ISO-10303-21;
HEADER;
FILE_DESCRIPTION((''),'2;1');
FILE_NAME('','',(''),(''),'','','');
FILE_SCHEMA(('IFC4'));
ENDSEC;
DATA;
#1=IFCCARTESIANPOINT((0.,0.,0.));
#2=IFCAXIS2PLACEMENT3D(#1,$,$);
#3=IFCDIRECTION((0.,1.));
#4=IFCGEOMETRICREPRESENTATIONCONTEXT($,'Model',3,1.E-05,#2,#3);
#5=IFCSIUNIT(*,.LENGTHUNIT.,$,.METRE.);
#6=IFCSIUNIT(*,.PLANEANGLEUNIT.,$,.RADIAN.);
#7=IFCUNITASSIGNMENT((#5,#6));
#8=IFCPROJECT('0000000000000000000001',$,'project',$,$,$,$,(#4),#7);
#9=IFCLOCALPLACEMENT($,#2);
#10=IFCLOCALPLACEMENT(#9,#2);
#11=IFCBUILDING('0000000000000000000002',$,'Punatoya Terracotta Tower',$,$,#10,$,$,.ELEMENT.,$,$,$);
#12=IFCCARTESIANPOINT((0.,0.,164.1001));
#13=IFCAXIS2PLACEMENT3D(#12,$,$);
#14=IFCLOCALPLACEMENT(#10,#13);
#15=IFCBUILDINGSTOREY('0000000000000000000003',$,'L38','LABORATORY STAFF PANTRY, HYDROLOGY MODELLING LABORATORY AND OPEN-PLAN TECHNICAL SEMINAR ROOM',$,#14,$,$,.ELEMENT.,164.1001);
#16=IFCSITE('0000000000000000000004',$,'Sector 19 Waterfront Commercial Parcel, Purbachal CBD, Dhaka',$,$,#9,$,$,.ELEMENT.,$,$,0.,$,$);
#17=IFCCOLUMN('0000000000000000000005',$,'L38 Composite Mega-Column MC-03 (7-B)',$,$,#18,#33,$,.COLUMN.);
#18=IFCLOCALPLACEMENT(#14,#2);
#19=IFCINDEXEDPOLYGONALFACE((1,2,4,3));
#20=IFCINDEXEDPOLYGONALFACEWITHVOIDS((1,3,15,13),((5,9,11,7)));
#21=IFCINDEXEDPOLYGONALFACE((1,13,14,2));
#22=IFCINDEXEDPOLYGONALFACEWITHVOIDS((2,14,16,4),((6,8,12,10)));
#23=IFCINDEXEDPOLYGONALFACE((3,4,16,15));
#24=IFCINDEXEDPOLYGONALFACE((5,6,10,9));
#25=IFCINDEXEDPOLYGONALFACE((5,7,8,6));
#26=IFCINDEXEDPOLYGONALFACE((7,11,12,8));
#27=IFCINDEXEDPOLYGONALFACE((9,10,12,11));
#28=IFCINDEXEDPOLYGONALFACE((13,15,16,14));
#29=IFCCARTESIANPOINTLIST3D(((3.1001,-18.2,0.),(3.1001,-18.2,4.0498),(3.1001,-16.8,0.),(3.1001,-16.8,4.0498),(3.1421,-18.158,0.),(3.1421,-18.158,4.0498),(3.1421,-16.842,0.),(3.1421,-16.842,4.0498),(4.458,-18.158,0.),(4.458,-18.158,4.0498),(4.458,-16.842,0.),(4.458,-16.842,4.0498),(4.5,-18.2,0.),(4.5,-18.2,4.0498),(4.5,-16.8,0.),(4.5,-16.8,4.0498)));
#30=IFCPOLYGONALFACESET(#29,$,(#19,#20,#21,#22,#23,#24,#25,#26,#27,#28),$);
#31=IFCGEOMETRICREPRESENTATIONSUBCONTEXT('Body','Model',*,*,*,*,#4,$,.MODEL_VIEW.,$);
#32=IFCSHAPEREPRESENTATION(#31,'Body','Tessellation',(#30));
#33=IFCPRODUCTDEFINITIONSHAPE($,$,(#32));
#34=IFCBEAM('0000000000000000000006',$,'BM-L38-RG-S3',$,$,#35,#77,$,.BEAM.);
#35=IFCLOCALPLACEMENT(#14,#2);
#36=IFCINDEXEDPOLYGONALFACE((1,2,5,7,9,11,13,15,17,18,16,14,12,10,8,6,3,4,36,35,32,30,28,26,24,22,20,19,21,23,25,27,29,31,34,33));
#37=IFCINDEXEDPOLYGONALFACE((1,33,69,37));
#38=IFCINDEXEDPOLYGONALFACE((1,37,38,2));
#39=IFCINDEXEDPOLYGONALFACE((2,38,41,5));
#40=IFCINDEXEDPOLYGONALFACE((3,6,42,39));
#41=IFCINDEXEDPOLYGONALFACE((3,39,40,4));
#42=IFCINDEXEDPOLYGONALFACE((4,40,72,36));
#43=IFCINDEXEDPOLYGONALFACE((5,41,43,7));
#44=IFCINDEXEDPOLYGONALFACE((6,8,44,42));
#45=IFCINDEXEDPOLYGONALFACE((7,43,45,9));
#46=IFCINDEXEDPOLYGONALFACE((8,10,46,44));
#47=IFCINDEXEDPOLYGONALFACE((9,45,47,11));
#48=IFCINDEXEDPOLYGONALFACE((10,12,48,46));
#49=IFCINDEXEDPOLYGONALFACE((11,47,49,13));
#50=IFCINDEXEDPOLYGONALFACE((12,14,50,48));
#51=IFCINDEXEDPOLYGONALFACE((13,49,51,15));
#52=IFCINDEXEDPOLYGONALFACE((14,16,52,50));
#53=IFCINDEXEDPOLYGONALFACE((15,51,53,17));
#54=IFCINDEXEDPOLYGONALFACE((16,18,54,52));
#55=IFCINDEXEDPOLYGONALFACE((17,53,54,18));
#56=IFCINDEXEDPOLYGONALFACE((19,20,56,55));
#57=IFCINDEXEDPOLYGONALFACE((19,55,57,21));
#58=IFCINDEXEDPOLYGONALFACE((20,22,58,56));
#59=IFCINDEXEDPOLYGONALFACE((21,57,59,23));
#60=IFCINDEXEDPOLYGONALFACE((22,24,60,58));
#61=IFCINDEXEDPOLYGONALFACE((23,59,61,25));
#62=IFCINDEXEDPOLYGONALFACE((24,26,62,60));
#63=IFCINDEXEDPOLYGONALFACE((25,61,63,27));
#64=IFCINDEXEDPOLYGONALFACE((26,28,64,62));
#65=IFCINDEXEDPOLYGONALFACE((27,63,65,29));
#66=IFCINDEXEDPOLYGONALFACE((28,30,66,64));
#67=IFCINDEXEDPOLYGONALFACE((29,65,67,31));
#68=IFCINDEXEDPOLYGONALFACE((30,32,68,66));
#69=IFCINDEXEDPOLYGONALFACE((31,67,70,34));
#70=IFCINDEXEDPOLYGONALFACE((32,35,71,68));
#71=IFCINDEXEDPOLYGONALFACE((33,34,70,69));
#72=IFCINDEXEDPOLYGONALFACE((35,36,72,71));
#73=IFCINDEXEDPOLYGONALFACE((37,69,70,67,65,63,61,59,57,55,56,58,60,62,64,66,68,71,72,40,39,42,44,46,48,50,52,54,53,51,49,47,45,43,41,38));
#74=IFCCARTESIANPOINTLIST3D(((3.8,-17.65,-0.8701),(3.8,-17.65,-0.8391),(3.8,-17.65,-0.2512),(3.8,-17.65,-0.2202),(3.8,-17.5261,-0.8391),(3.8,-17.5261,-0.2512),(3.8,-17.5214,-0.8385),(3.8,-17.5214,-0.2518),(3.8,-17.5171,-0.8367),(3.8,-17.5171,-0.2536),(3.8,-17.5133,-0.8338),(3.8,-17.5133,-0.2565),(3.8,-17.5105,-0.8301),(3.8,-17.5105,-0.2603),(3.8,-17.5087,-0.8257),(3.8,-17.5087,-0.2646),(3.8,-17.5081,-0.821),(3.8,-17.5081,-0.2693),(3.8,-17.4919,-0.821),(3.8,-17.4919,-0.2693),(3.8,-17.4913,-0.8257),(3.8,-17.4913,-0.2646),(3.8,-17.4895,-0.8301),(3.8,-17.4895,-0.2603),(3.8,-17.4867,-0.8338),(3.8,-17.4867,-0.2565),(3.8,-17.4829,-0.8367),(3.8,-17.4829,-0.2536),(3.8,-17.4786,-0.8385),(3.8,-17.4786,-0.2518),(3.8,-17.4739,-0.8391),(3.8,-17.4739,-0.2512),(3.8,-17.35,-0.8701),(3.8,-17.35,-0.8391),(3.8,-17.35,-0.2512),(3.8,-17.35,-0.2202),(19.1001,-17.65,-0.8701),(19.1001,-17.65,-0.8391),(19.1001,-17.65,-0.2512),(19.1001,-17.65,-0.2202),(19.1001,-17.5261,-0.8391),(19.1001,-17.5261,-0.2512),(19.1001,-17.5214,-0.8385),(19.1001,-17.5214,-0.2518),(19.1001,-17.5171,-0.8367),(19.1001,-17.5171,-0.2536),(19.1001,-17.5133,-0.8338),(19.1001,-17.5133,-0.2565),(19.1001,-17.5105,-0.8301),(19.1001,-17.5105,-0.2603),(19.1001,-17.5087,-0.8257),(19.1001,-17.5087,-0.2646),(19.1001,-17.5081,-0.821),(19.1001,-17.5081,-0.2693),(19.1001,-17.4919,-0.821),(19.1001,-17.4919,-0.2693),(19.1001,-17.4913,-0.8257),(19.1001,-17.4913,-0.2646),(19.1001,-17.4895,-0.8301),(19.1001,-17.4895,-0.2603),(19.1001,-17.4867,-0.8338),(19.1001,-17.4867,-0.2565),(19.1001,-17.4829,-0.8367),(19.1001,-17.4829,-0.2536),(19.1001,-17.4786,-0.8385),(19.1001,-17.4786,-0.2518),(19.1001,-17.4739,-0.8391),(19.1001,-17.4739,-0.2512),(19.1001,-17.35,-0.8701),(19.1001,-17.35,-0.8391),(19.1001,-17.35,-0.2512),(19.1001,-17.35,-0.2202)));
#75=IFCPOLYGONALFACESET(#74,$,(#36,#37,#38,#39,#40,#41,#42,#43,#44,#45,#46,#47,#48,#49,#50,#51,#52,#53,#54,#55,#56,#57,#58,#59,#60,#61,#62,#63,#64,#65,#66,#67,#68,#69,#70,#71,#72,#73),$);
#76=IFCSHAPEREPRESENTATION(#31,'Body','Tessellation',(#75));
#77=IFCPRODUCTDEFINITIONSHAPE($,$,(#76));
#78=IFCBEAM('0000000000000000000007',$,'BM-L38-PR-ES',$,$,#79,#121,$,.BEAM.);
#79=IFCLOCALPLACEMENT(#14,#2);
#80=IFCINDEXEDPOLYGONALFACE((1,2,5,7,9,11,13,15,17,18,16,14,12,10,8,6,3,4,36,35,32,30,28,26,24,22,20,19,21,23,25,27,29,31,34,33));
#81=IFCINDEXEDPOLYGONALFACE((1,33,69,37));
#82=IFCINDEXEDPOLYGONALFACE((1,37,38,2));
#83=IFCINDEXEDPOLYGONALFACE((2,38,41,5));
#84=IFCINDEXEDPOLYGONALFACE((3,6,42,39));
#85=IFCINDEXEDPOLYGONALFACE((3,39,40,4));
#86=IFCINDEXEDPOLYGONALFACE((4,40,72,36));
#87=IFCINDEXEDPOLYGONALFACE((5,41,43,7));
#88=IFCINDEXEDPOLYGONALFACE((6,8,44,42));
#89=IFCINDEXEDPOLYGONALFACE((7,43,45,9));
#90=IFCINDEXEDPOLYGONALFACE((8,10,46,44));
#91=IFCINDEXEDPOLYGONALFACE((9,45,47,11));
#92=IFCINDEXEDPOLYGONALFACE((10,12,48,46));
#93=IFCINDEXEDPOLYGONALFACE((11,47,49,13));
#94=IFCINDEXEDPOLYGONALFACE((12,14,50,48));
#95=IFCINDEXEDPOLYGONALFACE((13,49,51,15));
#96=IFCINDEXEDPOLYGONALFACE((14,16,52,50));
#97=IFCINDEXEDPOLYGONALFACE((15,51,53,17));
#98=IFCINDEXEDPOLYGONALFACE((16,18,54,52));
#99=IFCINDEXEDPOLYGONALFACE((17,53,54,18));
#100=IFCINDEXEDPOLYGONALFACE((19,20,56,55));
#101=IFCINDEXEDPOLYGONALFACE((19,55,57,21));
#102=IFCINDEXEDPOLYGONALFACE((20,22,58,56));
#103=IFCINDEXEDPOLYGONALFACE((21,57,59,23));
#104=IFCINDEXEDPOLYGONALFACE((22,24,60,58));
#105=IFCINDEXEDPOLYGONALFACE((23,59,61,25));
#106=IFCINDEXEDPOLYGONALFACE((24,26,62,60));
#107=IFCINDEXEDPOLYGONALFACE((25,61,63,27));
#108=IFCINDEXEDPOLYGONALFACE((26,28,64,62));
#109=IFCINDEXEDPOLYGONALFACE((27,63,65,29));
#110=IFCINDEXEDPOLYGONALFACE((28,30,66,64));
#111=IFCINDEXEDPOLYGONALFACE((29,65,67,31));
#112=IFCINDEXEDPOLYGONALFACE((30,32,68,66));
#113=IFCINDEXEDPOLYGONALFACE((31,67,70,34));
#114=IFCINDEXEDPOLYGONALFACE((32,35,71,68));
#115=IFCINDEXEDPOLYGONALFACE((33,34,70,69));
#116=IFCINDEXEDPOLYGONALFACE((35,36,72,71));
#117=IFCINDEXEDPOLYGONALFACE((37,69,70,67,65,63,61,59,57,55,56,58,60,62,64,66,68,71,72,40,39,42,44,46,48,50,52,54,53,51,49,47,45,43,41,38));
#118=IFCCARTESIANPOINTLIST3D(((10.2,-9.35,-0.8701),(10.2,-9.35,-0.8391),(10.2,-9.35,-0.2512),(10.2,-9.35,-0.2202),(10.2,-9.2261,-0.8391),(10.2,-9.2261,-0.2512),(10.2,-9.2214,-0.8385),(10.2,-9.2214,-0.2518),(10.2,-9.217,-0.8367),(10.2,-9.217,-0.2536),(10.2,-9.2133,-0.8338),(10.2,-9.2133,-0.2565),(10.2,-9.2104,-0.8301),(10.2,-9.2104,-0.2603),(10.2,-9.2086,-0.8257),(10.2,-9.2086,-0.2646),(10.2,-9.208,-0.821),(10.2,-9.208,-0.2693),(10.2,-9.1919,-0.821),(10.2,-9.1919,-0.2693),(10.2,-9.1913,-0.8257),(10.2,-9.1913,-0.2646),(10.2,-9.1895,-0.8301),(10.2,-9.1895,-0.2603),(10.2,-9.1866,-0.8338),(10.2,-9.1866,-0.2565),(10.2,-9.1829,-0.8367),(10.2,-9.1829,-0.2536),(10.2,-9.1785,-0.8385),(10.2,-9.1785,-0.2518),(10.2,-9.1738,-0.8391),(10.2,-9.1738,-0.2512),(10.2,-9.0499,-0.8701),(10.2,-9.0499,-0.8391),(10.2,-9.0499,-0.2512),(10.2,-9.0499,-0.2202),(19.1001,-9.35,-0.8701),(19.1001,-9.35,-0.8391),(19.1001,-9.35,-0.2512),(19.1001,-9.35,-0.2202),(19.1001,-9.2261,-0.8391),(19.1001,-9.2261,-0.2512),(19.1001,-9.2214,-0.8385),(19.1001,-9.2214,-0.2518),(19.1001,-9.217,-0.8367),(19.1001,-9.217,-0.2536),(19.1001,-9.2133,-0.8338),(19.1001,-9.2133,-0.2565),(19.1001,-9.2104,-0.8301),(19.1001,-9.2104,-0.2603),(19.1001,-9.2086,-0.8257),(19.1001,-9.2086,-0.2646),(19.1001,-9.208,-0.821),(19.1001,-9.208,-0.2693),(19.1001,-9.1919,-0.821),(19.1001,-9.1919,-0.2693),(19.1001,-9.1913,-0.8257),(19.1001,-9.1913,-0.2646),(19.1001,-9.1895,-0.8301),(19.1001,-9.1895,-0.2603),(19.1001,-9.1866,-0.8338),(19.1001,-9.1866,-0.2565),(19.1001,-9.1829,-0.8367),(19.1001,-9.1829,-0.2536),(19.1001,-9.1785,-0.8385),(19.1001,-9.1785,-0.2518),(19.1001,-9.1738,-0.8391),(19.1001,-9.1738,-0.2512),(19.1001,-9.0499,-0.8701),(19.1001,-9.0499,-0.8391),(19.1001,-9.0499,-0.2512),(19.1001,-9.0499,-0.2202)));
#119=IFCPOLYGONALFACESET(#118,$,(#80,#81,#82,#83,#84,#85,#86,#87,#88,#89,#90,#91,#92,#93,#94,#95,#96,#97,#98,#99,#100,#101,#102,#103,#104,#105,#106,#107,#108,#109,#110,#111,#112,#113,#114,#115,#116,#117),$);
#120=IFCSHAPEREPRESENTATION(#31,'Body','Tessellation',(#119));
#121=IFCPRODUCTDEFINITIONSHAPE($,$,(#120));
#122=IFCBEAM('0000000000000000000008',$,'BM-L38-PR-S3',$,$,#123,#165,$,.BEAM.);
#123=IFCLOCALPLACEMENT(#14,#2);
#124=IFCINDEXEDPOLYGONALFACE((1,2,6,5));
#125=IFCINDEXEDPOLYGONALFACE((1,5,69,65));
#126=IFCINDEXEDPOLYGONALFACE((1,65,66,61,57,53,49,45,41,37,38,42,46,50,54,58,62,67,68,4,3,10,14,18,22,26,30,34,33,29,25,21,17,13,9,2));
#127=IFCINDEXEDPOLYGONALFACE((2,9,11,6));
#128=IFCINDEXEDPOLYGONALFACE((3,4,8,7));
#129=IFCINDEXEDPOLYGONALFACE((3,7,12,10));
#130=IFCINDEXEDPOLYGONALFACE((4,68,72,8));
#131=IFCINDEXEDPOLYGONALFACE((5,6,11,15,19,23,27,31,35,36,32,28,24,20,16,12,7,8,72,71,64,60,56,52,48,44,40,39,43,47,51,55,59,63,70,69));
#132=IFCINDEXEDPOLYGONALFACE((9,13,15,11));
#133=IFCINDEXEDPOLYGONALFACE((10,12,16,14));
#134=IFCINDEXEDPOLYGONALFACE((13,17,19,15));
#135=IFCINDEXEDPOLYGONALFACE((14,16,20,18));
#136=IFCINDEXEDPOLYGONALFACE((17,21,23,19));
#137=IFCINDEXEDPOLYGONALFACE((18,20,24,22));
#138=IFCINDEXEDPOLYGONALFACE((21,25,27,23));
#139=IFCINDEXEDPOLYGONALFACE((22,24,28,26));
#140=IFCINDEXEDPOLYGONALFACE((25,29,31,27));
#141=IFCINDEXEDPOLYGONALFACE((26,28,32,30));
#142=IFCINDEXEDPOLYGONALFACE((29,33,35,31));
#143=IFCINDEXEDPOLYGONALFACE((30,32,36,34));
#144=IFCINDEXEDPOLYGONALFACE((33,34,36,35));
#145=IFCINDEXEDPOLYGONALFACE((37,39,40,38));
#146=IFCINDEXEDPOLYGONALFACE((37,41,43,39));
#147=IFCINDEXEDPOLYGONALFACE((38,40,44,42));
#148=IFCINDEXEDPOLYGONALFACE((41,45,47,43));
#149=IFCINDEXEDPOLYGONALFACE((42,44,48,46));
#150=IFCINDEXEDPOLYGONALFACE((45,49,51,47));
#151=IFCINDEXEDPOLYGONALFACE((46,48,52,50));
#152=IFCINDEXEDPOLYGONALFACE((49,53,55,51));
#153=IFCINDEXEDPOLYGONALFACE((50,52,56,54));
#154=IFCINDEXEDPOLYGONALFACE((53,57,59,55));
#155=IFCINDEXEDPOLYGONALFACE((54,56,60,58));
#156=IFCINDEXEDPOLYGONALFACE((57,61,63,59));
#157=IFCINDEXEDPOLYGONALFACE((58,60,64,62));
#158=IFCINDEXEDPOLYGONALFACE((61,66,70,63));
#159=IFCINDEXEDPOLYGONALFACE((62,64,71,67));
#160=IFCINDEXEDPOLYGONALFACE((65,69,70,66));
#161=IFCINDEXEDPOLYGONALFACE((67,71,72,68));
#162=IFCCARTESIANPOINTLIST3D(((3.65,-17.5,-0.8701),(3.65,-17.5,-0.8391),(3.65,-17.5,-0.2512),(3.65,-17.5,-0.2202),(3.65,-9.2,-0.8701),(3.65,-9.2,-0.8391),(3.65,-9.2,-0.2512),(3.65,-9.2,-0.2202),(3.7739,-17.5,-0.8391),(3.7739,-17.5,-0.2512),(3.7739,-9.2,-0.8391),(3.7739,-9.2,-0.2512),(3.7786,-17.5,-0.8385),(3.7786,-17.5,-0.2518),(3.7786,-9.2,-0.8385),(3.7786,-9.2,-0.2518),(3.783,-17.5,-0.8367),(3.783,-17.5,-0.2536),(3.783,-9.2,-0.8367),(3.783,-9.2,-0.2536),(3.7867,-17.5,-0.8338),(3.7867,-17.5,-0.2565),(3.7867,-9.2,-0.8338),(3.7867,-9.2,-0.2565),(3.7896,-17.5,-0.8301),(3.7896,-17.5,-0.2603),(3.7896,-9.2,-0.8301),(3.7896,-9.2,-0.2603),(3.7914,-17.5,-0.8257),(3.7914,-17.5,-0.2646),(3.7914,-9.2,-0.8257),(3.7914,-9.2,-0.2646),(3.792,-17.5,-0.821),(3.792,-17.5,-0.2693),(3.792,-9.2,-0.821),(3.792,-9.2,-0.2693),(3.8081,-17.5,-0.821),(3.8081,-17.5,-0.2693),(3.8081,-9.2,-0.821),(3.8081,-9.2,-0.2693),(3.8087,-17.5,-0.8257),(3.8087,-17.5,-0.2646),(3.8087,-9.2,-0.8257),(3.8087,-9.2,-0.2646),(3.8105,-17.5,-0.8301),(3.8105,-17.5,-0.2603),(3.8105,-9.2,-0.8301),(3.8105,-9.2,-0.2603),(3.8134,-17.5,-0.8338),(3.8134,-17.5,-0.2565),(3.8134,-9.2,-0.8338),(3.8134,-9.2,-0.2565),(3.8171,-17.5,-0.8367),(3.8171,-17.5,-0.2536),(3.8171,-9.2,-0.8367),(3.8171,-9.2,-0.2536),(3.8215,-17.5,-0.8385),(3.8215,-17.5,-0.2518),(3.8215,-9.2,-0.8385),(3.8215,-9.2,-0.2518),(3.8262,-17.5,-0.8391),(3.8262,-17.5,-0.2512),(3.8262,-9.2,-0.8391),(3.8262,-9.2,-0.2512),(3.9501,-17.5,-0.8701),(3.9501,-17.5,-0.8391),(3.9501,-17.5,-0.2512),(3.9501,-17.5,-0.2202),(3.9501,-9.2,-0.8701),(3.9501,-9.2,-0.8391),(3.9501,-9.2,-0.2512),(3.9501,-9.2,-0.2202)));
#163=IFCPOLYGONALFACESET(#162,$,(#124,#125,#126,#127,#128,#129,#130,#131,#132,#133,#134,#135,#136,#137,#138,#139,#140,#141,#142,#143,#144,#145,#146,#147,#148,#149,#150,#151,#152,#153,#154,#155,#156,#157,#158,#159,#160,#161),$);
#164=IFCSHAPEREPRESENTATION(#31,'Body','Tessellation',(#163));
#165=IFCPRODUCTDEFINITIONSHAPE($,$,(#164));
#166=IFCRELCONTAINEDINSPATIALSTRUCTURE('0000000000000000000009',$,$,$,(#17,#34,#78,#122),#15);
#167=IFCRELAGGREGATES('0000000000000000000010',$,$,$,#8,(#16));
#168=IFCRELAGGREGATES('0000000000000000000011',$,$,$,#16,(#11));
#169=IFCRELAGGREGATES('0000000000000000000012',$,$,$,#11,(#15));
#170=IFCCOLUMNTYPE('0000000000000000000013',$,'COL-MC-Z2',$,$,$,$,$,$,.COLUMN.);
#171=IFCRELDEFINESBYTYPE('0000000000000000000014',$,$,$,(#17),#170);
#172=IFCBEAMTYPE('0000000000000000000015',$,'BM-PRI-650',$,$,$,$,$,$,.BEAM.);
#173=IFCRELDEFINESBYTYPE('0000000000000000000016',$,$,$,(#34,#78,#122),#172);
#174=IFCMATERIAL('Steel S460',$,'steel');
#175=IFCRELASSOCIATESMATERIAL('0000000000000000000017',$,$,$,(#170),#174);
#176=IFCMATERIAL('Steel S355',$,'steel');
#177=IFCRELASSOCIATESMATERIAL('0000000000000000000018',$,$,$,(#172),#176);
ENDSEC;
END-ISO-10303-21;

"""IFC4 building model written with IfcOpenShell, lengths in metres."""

from ifc_helpers import new_model, si_unit, direction, frame, origin, origin_2d, place, context, subcontext, project, spatial, hollow_rectangle, i_section, extrude, material, material_profile, profile_set, type_object, element, save


model = new_model("IFC4")

# Units and contexts
model_context = context("Model", 3, precision=1e-05, world=origin(), true_north=direction((0.0, 1.0)))
body_context = subcontext(model_context, "Body", "Model", "MODEL_VIEW")
ifc_project = project(units=[si_unit("LENGTHUNIT", "METRE"), si_unit("PLANEANGLEUNIT", "RADIAN")], contexts=[model_context])

# Site, building, storey
site_placement = place(None, origin())
site = spatial("IfcSite", under=ifc_project, at=site_placement, Name="Sector 19 Waterfront Commercial Parcel, Purbachal CBD, Dhaka", CompositionType="ELEMENT", RefElevation=0.0)
building_placement = place(site_placement, origin())
building = spatial("IfcBuilding", under=site, at=building_placement, Name="Punatoya Terracotta Tower", CompositionType="ELEMENT")
storey_placement = place(building_placement, frame((0.0, 0.0, 164.1001)))
storey = spatial("IfcBuildingStorey", under=building, at=storey_placement, Name="L38", Description="LABORATORY STAFF PANTRY, HYDROLOGY MODELLING LABORATORY AND OPEN-PLAN TECHNICAL SEMINAR ROOM", CompositionType="ELEMENT", Elevation=164.1001)

# Column
ifc_material_1 = material(Name="Steel S460", Category="steel")
ifc_material_profile_1 = material_profile(ifc_material_1, hollow_rectangle(XDim=1.3999, YDim=1.3999, WallThickness=0.042, at=origin_2d()))
ifc_profile_set_1 = profile_set([ifc_material_profile_1], Name="Steel S460")
column_type = type_object("IfcColumnType", Name="COL-MC-Z2", PredefinedType="COLUMN", material=ifc_profile_set_1)
column_placement = place(storey_placement, frame((3.8, -17.5, 0.0), z_axis=(0.0, 0.0, 1.0), x_axis=(1.0, 0.0, 0.0)))
element("IfcColumn", 1, at=column_placement, inside=storey, type_object=column_type, Name="L38 Composite Mega-Column MC-03 (7-B)", PredefinedType="COLUMN", context=body_context, shape_type="SweptSolid", body=[
    extrude(hollow_rectangle(XDim=1.3999, YDim=1.3999, WallThickness=0.042, at=origin_2d()), origin(), (0.0, 0.0, 1.0), 4.0498),
])

# Beams
ifc_material_2 = material(Name="Steel S355", Category="steel")
ifc_material_profile_2 = material_profile(ifc_material_2, i_section(OverallWidth=0.3, OverallDepth=0.6499, WebThickness=0.0161, FlangeThickness=0.031, FilletRadius=0.0181, at=origin_2d()))
ifc_profile_set_2 = profile_set([ifc_material_profile_2], Name="Steel S355")
beam_type_1 = type_object("IfcBeamType", Name="BM-PRI-650", PredefinedType="BEAM", material=ifc_profile_set_2)
beam_1_placement = place(storey_placement, frame((3.8, -17.5, -0.5452), z_axis=(1.0, 0.0, 0.0), x_axis=(0.0, 1.0, 0.0)))
element("IfcBeam", 2, at=beam_1_placement, inside=storey, type_object=beam_type_1, Name="BM-L38-RG-S3", PredefinedType="BEAM", context=body_context, shape_type="SweptSolid", body=[
    extrude(i_section(OverallWidth=0.3, OverallDepth=0.6499, WebThickness=0.0161, FlangeThickness=0.031, FilletRadius=0.0181, at=origin_2d()), origin(), (0.0, 0.0, 1.0), 15.3),
])
beam_2_placement = place(storey_placement, frame((10.2, -9.2, -0.5452), z_axis=(1.0, 0.0, 0.0), x_axis=(0.0, 1.0, 0.0)))
element("IfcBeam", 3, at=beam_2_placement, inside=storey, type_object=beam_type_1, Name="BM-L38-PR-ES", PredefinedType="BEAM", context=body_context, shape_type="SweptSolid", body=[
    extrude(i_section(OverallWidth=0.3, OverallDepth=0.6499, WebThickness=0.0161, FlangeThickness=0.031, FilletRadius=0.0181, at=origin_2d()), origin(), (0.0, 0.0, 1.0), 8.9001),
])
for number, where, z_axis, x_axis, name in (
    (4, (3.8, -17.5, -0.5452), (0.0, 1.0, 0.0), (-1.0, 0.0, 0.0), "BM-L38-PR-S3"),
):
    element("IfcBeam", number, at=place(storey_placement, frame(where, z_axis=z_axis, x_axis=x_axis)), inside=storey, type_object=beam_type_1, Name=name, PredefinedType="BEAM", context=body_context, shape_type="SweptSolid", body=[
        extrude(i_section(OverallWidth=0.3, OverallDepth=0.6499, WebThickness=0.0161, FlangeThickness=0.031, FilletRadius=0.0181, at=origin_2d()), origin(), (0.0, 0.0, 1.0), 8.3),
    ])

save(model, "model.ifc")
